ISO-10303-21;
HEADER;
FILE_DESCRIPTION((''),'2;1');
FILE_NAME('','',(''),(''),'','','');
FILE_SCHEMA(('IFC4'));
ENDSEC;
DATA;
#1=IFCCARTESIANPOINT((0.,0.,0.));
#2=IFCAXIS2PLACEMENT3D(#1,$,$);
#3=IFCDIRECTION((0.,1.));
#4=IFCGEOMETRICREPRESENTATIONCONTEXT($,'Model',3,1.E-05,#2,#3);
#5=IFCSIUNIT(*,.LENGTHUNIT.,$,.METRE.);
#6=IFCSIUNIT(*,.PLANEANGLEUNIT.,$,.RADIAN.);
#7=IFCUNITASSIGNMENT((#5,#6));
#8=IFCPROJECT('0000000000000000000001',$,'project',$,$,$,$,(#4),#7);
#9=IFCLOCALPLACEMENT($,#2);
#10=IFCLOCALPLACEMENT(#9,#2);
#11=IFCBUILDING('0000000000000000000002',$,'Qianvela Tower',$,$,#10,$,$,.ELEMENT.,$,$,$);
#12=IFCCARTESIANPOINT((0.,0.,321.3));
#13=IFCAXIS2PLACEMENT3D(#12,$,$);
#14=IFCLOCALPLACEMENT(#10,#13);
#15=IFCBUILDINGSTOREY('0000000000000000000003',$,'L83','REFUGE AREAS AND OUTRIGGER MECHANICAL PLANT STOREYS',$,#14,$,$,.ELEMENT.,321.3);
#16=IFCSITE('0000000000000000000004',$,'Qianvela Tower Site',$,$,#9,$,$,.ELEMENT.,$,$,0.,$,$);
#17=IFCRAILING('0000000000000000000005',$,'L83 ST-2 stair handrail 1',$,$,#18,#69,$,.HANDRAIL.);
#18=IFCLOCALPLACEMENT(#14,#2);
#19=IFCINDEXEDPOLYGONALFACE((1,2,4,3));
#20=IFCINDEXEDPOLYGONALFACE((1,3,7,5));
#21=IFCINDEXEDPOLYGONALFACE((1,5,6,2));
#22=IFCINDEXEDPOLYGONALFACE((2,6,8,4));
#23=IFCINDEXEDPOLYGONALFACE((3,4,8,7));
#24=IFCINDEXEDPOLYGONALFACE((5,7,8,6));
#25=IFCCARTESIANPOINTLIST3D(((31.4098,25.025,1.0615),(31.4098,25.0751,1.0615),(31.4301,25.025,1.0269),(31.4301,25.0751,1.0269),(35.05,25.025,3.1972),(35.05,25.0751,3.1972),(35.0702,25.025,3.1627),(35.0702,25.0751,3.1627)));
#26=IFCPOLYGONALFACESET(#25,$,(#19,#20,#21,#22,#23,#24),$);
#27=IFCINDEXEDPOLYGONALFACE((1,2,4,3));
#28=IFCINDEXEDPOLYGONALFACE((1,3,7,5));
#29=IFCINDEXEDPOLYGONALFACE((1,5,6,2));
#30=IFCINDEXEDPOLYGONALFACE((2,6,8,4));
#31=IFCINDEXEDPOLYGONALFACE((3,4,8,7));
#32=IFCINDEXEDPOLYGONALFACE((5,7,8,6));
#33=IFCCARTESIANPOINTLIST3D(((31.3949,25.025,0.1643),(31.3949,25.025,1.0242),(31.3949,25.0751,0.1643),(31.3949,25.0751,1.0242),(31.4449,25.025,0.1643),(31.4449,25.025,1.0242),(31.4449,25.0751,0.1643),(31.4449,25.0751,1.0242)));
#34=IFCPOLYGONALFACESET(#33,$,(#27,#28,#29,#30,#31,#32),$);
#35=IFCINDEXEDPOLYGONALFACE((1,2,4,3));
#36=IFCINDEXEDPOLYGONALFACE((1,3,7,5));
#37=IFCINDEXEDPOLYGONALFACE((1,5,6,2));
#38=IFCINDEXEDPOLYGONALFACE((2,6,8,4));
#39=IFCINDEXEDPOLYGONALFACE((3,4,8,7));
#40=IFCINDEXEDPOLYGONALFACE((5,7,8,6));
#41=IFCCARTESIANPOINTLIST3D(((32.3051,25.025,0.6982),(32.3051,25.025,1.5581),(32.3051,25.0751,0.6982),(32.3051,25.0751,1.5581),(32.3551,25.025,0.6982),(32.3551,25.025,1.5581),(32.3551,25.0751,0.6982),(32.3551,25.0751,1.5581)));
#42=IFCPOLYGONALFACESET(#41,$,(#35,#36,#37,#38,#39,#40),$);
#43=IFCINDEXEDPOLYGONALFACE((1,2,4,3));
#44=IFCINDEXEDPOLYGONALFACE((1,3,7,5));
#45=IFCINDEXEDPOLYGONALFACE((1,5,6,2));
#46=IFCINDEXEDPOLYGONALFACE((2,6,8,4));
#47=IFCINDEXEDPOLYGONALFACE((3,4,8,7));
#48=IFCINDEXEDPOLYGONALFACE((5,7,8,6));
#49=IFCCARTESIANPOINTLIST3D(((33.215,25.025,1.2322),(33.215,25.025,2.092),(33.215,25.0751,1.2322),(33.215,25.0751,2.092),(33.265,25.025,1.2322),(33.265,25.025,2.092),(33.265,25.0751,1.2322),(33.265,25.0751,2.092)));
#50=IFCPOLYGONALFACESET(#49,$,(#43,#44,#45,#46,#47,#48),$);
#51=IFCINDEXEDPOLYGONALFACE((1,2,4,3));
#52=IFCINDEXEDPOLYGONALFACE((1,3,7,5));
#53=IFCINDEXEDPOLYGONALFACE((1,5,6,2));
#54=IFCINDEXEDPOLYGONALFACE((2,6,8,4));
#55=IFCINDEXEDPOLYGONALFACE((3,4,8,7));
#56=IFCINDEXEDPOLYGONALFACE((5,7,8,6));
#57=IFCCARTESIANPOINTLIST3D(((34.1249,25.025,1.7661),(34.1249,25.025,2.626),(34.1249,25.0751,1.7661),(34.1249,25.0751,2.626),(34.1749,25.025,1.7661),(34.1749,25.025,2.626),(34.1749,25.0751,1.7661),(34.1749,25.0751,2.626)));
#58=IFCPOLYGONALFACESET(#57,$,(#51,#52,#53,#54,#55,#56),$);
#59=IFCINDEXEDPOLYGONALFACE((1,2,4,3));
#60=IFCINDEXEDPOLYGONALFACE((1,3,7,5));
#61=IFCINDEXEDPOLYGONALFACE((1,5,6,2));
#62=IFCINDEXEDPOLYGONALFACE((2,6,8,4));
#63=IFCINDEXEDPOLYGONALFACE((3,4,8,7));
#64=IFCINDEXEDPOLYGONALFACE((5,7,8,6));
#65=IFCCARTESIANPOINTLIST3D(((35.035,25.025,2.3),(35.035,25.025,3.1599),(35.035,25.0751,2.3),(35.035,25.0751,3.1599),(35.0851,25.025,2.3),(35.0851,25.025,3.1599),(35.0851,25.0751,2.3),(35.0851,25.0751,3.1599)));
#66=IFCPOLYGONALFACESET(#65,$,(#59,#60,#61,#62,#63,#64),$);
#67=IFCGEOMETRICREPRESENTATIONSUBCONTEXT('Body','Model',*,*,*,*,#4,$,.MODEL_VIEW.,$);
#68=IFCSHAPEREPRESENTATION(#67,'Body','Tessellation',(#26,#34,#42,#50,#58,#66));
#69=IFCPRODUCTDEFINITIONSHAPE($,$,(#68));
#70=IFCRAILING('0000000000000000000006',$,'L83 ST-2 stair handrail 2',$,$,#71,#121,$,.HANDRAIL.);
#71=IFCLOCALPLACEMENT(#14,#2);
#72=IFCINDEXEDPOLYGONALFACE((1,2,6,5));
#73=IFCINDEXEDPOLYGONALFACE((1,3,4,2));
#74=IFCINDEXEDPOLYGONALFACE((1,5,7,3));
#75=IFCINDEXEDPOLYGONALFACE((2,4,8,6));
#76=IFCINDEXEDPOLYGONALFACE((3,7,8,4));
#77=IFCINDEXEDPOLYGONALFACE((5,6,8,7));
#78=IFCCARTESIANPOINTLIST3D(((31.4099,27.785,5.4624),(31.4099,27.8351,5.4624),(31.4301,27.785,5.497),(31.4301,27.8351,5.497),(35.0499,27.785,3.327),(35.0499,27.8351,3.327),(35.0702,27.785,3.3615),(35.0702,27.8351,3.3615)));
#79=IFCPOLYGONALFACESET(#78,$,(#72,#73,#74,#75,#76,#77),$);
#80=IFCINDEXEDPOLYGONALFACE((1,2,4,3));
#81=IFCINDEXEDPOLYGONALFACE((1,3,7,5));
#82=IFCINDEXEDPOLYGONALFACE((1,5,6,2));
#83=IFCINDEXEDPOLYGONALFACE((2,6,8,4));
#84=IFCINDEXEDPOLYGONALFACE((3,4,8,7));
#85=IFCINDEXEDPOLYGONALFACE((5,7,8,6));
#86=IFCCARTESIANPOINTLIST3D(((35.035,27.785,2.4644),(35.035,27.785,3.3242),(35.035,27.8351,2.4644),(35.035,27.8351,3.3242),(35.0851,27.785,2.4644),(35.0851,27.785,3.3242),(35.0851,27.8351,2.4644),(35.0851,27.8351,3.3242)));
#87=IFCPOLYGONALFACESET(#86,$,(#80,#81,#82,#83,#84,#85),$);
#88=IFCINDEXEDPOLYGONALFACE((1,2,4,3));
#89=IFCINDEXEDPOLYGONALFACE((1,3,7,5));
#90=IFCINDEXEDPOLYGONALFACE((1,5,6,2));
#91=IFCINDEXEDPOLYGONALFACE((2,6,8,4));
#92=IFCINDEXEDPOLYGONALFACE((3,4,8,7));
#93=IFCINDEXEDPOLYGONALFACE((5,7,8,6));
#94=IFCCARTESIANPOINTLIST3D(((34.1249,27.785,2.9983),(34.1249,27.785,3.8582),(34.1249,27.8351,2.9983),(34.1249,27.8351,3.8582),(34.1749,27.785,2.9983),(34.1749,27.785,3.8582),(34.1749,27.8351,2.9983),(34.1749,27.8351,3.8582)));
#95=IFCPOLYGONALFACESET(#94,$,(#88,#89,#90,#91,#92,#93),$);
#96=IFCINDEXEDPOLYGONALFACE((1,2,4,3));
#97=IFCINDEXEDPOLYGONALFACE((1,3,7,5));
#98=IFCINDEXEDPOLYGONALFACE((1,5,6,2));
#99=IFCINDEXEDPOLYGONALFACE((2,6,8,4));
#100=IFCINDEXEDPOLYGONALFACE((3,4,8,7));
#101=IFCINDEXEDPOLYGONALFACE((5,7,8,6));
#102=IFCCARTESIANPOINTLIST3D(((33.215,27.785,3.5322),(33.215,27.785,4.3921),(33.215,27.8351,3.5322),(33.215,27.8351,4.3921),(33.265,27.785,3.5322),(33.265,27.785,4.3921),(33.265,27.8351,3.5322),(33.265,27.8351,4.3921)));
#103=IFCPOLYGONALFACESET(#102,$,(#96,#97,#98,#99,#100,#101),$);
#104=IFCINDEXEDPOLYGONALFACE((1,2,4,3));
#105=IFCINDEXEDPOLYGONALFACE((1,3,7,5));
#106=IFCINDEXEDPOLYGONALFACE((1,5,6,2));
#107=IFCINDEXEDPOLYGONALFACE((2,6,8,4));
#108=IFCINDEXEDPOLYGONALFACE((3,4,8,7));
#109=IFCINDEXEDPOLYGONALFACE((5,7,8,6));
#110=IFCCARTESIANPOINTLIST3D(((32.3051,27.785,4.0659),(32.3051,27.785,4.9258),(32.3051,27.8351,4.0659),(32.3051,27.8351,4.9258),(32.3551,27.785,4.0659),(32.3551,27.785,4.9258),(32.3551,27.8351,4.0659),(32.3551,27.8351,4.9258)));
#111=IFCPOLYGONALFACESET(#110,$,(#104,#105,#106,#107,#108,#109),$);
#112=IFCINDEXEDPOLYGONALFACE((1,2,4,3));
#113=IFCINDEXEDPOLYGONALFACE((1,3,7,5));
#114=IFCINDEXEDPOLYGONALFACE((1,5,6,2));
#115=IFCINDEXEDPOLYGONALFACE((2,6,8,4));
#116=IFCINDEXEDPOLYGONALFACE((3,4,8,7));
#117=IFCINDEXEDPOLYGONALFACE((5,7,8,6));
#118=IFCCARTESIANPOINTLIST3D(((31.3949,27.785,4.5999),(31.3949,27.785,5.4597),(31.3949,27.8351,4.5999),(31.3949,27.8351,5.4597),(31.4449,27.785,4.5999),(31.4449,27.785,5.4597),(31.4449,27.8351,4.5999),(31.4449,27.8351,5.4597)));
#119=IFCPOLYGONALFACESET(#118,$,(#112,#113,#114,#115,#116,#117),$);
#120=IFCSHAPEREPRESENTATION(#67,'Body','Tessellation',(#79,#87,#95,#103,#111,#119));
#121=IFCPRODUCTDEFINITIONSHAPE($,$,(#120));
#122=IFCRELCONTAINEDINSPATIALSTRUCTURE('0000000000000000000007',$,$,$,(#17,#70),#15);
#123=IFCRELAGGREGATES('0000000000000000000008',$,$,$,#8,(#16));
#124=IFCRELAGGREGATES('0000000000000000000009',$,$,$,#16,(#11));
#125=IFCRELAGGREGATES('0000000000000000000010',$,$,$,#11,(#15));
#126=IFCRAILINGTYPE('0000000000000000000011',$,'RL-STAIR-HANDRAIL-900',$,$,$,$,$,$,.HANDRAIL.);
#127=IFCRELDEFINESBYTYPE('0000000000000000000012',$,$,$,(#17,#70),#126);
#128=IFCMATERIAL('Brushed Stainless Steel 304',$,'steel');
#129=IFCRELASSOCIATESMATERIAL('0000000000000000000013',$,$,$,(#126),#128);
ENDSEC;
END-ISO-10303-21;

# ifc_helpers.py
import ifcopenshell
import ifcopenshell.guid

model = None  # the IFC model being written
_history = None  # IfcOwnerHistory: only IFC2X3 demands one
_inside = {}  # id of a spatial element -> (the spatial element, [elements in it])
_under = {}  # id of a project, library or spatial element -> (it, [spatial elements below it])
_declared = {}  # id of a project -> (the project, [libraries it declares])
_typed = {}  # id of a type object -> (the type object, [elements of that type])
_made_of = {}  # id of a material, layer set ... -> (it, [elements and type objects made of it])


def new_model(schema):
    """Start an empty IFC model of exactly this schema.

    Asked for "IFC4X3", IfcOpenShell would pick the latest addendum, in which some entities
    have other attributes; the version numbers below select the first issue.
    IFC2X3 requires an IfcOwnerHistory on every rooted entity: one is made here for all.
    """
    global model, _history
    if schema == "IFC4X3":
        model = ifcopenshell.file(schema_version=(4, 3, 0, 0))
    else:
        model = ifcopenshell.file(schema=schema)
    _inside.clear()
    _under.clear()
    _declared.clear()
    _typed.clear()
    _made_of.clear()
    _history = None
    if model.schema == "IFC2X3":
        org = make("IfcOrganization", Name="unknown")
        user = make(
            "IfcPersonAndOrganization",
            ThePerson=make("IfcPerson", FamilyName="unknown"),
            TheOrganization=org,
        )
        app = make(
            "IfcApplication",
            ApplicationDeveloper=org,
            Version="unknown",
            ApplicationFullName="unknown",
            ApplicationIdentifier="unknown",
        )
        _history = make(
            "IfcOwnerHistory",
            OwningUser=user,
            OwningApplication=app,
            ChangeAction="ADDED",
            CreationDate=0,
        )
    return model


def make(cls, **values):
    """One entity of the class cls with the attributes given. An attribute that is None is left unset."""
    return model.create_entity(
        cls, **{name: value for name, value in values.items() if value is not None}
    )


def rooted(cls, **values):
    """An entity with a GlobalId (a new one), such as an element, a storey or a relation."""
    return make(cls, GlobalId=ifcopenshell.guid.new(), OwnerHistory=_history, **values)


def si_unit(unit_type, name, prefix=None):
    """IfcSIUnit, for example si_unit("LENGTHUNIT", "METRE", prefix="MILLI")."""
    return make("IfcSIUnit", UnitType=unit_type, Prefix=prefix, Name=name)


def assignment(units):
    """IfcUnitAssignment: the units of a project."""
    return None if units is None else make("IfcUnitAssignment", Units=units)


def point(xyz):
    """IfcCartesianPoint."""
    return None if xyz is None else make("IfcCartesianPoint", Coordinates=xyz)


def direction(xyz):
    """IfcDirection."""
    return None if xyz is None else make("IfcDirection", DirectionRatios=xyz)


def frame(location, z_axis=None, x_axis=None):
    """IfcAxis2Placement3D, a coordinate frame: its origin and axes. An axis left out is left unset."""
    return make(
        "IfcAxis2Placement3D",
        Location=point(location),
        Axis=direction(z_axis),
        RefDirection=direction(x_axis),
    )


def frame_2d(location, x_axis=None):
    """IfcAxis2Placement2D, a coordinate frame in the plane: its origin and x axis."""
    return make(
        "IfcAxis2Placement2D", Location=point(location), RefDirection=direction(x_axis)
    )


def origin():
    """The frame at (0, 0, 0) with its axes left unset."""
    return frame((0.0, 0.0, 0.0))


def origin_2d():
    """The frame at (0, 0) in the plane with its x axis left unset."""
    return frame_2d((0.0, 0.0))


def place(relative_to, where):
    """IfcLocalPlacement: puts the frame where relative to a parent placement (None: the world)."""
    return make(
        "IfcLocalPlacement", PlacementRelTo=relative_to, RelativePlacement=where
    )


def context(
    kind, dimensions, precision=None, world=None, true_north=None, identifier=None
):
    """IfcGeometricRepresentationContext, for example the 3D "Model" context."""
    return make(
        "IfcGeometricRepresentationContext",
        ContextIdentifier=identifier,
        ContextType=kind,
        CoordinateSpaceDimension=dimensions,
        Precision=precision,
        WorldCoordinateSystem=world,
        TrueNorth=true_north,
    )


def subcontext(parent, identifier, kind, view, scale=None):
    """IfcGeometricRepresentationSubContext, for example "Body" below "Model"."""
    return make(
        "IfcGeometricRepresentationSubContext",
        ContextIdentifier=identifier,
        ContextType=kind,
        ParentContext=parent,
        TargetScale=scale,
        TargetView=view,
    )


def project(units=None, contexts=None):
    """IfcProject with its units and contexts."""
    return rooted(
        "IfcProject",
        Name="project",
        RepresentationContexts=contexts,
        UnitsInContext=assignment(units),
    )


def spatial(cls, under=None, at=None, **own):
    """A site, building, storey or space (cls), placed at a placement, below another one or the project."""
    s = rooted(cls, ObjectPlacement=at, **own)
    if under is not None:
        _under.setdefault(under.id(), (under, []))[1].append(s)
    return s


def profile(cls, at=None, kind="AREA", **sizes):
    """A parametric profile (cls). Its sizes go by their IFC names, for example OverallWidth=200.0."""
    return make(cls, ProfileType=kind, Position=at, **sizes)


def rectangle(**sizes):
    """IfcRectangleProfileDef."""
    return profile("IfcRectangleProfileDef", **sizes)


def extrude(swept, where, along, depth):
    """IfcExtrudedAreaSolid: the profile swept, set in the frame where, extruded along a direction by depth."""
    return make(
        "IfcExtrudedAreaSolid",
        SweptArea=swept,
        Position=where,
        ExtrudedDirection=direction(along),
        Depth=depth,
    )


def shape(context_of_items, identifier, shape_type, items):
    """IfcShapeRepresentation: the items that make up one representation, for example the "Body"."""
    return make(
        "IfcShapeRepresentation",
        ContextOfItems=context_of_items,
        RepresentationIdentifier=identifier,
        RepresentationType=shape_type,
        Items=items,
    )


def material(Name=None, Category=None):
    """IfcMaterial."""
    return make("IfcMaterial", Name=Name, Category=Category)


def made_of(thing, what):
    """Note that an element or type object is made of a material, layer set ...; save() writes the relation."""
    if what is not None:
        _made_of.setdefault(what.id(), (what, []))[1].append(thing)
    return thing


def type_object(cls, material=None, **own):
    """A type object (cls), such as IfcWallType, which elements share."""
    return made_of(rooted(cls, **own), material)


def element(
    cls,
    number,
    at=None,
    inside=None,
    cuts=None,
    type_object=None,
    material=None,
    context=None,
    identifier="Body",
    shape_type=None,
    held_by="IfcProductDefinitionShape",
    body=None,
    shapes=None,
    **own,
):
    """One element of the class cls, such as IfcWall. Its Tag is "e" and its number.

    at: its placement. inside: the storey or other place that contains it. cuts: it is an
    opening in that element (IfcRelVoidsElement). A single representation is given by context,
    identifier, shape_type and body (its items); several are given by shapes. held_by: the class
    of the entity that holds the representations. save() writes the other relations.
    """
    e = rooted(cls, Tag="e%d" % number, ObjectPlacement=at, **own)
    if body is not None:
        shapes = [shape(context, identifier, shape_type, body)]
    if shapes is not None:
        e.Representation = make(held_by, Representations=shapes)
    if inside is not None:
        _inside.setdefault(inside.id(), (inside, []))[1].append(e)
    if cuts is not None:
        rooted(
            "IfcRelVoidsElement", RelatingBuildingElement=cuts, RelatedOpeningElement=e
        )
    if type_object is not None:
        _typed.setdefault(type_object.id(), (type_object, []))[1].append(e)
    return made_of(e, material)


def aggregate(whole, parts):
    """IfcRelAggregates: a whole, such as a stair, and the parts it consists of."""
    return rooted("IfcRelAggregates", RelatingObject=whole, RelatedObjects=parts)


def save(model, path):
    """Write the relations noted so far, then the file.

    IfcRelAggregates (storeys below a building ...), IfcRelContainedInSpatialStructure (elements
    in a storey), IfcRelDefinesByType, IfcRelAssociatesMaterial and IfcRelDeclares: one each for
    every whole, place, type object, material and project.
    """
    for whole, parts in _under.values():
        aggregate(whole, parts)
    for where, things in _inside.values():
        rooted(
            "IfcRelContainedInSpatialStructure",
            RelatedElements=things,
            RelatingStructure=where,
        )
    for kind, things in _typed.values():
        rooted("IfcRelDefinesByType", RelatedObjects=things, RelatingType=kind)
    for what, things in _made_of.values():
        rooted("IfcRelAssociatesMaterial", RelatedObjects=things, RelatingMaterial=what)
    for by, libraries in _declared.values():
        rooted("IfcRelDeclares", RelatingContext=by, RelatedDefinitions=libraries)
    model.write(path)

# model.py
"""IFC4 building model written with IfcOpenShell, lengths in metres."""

from ifc_helpers import new_model, si_unit, direction, frame, origin, origin_2d, place, context, subcontext, project, spatial, rectangle, extrude, material, type_object, element, save


model = new_model("IFC4")

# Units and contexts
model_context = context("Model", 3, precision=1e-05, world=origin(), true_north=direction((0.0, 1.0)))
body_context = subcontext(model_context, "Body", "Model", "MODEL_VIEW")
ifc_project = project(units=[si_unit("LENGTHUNIT", "METRE"), si_unit("PLANEANGLEUNIT", "RADIAN")], contexts=[model_context])

# Site, building, storey
site_placement = place(None, origin())
site = spatial("IfcSite", under=ifc_project, at=site_placement, Name="Qianvela Tower Site", CompositionType="ELEMENT", RefElevation=0.0)
building_placement = place(site_placement, origin())
building = spatial("IfcBuilding", under=site, at=building_placement, Name="Qianvela Tower", CompositionType="ELEMENT")
storey_placement = place(building_placement, frame((0.0, 0.0, 321.3)))
storey = spatial("IfcBuildingStorey", under=building, at=storey_placement, Name="L83", Description="REFUGE AREAS AND OUTRIGGER MECHANICAL PLANT STOREYS", CompositionType="ELEMENT", Elevation=321.3)

# Railings
ifc_material_1 = material(Name="Brushed Stainless Steel 304", Category="steel")
railing_type_1 = type_object("IfcRailingType", Name="RL-STAIR-HANDRAIL-900", PredefinedType="HANDRAIL", material=ifc_material_1)
for number, where, name in (
    (1, (31.4199, 25.05, 0.1643), "L83 ST-2 stair handrail 1"),
):
    element("IfcRailing", number, at=place(storey_placement, frame(where)), inside=storey, type_object=railing_type_1, Name=name, PredefinedType="HANDRAIL", context=body_context, shape_type="SweptSolid", body=[
        extrude(rectangle(XDim=0.05, YDim=0.04, at=origin_2d()), frame((0.0, 0.0, 0.8799), z_axis=(0.862505, 0.0, 0.506049), x_axis=(0.0, 1.0, 0.0)), (0.0, 0.0, 1.0), 4.2205),
        extrude(rectangle(XDim=0.05, YDim=0.05, at=origin_2d()), origin(), (0.0, 0.0, 1.0), 0.8599),
        extrude(rectangle(XDim=0.05, YDim=0.05, at=origin_2d()), frame((0.9102, 0.0, 0.5339)), (0.0, 0.0, 1.0), 0.8599),
        extrude(rectangle(XDim=0.05, YDim=0.05, at=origin_2d()), frame((1.8201, 0.0, 1.0679)), (0.0, 0.0, 1.0), 0.8599),
        extrude(rectangle(XDim=0.05, YDim=0.05, at=origin_2d()), frame((2.73, 0.0, 1.6018)), (0.0, 0.0, 1.0), 0.8599),
        extrude(rectangle(XDim=0.05, YDim=0.05, at=origin_2d()), frame((3.6401, 0.0, 2.1357)), (0.0, 0.0, 1.0), 0.8599),
    ])
railing_1_placement = place(storey_placement, frame((35.0601, 27.8101, 2.4644)))
element("IfcRailing", 2, at=railing_1_placement, inside=storey, type_object=railing_type_1, Name="L83 ST-2 stair handrail 2", PredefinedType="HANDRAIL", context=body_context, shape_type="SweptSolid", body=[
    extrude(rectangle(XDim=0.05, YDim=0.04, at=origin_2d()), frame((0.0, 0.0, 0.8799), z_axis=(-0.86253, 0.0, 0.506006), x_axis=(0.0, -1.0, 0.0)), (0.0, 0.0, 1.0), 4.2202),
    extrude(rectangle(XDim=0.05, YDim=0.05, at=origin_2d()), origin(), (0.0, 0.0, 1.0), 0.8599),
    extrude(rectangle(XDim=0.05, YDim=0.05, at=origin_2d()), frame((-0.9102, 0.0, 0.5339)), (0.0, 0.0, 1.0), 0.8599),
    extrude(rectangle(XDim=0.05, YDim=0.05, at=origin_2d()), frame((-1.8201, 0.0, 1.0679)), (0.0, 0.0, 1.0), 0.8599),
    extrude(rectangle(XDim=0.05, YDim=0.05, at=origin_2d()), frame((-2.73, 0.0, 1.6016)), (0.0, 0.0, 1.0), 0.8599),
    extrude(rectangle(XDim=0.05, YDim=0.05, at=origin_2d()), frame((-3.6401, 0.0, 2.1355)), (0.0, 0.0, 1.0), 0.8599),
])

save(model, "model.ifc")
